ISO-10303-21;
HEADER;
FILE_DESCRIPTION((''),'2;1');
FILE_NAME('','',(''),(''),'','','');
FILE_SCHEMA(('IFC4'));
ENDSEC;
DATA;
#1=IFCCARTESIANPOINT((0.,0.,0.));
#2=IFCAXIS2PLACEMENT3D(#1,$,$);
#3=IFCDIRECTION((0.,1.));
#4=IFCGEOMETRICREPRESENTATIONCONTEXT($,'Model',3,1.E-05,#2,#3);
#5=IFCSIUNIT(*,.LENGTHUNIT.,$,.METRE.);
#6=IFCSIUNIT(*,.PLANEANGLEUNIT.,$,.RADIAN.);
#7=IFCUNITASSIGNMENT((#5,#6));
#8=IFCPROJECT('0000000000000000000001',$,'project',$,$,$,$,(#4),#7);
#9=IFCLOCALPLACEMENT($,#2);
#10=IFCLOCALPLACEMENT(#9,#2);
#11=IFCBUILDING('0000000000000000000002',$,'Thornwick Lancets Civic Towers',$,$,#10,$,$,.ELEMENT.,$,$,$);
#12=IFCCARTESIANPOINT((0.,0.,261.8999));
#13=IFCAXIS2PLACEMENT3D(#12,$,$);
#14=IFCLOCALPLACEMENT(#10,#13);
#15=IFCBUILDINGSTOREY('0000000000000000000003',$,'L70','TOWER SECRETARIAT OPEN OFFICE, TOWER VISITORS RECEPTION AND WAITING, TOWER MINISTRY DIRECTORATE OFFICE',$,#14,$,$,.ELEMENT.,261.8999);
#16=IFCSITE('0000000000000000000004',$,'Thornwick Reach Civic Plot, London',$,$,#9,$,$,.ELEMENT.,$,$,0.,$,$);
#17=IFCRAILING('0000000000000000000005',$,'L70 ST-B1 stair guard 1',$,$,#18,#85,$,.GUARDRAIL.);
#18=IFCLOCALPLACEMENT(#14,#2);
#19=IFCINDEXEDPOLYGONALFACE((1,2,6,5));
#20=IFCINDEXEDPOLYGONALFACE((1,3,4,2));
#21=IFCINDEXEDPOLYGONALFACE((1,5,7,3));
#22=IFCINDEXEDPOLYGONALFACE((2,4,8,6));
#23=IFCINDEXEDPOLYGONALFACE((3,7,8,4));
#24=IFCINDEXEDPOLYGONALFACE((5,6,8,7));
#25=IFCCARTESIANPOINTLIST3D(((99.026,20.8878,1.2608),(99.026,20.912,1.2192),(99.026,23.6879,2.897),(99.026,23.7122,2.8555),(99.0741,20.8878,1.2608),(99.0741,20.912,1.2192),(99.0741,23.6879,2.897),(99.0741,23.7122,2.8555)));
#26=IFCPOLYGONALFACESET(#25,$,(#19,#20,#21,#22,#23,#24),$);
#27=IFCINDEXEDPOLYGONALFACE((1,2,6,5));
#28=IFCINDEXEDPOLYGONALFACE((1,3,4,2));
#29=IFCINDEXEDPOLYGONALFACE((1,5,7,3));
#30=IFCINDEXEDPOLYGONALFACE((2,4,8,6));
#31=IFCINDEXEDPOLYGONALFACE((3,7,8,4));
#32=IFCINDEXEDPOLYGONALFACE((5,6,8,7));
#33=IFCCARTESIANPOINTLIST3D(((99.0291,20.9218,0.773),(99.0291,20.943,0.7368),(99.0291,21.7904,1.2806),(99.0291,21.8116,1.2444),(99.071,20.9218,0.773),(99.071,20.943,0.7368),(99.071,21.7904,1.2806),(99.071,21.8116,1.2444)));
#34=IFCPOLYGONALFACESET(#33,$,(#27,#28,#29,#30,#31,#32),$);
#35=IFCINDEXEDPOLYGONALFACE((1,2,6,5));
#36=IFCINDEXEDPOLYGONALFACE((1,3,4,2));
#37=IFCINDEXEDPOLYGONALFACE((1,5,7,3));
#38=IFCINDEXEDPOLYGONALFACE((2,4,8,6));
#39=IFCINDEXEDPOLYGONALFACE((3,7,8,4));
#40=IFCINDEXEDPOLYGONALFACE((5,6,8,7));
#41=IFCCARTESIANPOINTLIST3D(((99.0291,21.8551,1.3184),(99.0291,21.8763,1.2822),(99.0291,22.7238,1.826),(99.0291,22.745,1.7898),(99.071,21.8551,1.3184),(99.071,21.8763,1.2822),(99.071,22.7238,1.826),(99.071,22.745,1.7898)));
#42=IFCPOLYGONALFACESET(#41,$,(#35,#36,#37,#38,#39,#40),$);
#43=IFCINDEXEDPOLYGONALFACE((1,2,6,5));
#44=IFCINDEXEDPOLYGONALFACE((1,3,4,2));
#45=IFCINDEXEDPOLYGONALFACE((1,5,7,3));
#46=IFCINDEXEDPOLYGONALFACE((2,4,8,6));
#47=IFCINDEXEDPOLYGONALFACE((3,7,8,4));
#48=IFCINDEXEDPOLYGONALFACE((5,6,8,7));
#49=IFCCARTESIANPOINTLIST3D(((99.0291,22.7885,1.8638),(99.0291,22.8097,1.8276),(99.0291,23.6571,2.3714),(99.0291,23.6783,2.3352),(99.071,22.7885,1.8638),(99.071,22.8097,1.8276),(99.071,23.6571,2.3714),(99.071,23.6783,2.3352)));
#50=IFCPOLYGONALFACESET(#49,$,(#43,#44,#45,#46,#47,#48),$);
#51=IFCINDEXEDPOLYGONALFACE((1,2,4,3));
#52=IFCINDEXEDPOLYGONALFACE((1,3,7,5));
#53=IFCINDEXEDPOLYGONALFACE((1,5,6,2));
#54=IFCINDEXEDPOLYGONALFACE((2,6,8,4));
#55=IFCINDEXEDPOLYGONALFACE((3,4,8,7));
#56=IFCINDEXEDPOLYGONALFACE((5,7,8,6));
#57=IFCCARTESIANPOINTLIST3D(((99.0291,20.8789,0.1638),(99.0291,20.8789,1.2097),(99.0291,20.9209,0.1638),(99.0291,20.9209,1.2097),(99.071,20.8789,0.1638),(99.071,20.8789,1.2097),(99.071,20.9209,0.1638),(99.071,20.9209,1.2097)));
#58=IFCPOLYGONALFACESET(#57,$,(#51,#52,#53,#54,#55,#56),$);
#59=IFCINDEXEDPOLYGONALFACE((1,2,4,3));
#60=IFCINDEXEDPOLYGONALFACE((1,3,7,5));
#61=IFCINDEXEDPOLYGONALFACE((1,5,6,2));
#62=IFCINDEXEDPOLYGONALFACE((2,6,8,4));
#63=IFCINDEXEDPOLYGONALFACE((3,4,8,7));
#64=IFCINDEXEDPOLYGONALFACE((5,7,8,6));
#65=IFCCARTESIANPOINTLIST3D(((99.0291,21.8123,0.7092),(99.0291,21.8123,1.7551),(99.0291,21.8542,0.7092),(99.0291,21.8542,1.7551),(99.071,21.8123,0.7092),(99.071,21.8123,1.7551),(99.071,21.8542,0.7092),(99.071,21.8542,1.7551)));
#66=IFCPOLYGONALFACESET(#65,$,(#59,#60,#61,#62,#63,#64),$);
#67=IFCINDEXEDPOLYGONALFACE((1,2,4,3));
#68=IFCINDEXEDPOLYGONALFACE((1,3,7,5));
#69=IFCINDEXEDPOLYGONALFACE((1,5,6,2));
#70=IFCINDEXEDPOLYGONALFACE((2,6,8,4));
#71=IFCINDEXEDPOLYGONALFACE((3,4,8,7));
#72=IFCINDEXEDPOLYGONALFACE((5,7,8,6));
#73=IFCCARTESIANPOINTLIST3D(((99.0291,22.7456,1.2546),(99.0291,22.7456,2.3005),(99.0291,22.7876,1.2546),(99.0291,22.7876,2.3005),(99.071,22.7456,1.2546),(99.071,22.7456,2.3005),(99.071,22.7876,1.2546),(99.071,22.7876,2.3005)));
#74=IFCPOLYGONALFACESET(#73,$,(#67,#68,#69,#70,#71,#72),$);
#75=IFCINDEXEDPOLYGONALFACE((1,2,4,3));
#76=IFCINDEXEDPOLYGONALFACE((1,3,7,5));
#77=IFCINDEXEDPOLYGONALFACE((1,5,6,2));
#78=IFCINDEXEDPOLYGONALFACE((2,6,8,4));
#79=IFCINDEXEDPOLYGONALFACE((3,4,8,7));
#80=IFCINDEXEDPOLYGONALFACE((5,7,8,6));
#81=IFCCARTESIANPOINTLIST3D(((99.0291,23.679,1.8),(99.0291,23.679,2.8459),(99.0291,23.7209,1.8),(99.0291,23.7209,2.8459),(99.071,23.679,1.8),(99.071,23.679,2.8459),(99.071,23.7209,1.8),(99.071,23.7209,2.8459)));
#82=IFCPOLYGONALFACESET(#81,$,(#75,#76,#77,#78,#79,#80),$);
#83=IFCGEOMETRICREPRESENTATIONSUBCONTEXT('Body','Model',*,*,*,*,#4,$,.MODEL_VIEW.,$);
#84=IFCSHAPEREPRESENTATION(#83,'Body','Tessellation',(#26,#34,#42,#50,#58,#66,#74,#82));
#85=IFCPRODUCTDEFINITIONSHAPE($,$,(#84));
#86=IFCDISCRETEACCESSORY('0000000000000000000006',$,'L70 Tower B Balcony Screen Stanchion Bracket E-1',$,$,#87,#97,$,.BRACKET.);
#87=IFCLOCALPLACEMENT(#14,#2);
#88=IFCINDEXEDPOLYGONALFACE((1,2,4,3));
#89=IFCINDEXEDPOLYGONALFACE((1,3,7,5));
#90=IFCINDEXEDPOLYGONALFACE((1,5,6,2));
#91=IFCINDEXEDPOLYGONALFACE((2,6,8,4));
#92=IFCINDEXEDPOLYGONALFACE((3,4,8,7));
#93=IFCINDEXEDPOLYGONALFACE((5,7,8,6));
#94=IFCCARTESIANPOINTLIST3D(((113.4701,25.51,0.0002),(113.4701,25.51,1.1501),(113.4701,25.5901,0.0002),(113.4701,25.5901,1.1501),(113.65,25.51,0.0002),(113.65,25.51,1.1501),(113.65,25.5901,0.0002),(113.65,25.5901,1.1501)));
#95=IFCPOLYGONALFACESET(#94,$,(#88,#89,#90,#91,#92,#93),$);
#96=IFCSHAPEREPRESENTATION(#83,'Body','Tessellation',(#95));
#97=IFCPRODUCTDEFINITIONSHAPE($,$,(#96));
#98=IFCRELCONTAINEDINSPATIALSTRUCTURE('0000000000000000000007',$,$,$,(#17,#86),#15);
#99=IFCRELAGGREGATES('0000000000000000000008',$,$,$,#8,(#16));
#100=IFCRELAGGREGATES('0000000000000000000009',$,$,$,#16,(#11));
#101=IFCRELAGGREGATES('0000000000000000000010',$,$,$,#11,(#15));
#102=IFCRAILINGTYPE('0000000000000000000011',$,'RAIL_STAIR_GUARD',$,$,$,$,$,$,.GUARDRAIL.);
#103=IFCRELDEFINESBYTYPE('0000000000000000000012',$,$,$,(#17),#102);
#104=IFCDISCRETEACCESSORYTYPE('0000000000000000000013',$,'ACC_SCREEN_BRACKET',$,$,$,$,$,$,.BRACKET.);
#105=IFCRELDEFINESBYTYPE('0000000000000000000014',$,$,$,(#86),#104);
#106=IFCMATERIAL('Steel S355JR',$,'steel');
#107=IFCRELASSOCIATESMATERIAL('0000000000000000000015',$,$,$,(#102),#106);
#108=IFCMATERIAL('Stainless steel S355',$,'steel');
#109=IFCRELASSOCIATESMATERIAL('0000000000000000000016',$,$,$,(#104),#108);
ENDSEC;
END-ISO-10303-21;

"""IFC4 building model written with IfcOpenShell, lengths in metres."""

from ifc_helpers import new_model, si_unit, direction, frame, origin, origin_2d, place, context, subcontext, project, spatial, rectangle, extrude, material, type_object, element, save


model = new_model("IFC4")

# Units and contexts
model_context = context("Model", 3, precision=1e-05, world=origin(), true_north=direction((0.0, 1.0)))
body_context = subcontext(model_context, "Body", "Model", "MODEL_VIEW")
ifc_project = project(units=[si_unit("LENGTHUNIT", "METRE"), si_unit("PLANEANGLEUNIT", "RADIAN")], contexts=[model_context])

# Site, building, storey
site_placement = place(None, origin())
site = spatial("IfcSite", under=ifc_project, at=site_placement, Name="Thornwick Reach Civic Plot, London", CompositionType="ELEMENT", RefElevation=0.0)
building_placement = place(site_placement, origin())
building = spatial("IfcBuilding", under=site, at=building_placement, Name="Thornwick Lancets Civic Towers", CompositionType="ELEMENT")
storey_placement = place(building_placement, frame((0.0, 0.0, 261.8999)))
storey = spatial("IfcBuildingStorey", under=building, at=storey_placement, Name="L70", Description="TOWER SECRETARIAT OPEN OFFICE, TOWER VISITORS RECEPTION AND WAITING, TOWER MINISTRY DIRECTORATE OFFICE", CompositionType="ELEMENT", Elevation=261.8999)

# Shared definitions
ifc_material_1 = material(Name="Steel S355JR", Category="steel")

# Railing
railing_type_1 = type_object("IfcRailingType", Name="RAIL_STAIR_GUARD", PredefinedType="GUARDRAIL", material=ifc_material_1)
railing_1_placement = place(storey_placement, frame((99.05, 20.8999, 0.1638)))
element("IfcRailing", 1, at=railing_1_placement, inside=storey, type_object=railing_type_1, Name="L70 ST-B1 stair guard 1", PredefinedType="GUARDRAIL", context=body_context, shape_type="SweptSolid", body=[
    extrude(rectangle(XDim=0.0481, YDim=0.0481, at=origin_2d()), frame((0.0, 0.0, 1.0762), z_axis=(0.0, 0.863394, 0.504531), x_axis=(-1.0, 0.0, 0.0)), (0.0, 0.0, 1.0), 3.2432),
    extrude(rectangle(XDim=0.042, YDim=0.042, at=origin_2d()), frame((0.0, 0.0325, 0.5911), z_axis=(0.0, 0.863394, 0.504531), x_axis=(-1.0, 0.0, 0.0)), (0.0, 0.0, 1.0), 1.0061),
    extrude(rectangle(XDim=0.042, YDim=0.042, at=origin_2d()), frame((0.0, 0.9658, 1.1365), z_axis=(0.0, 0.863394, 0.504531), x_axis=(-1.0, 0.0, 0.0)), (0.0, 0.0, 1.0), 1.0061),
    extrude(rectangle(XDim=0.042, YDim=0.042, at=origin_2d()), frame((0.0, 1.8992, 1.6819), z_axis=(0.0, 0.863394, 0.504531), x_axis=(-1.0, 0.0, 0.0)), (0.0, 0.0, 1.0), 1.0061),
    extrude(rectangle(XDim=0.042, YDim=0.042, at=origin_2d()), origin(), (0.0, 0.0, 1.0), 1.0459),
    extrude(rectangle(XDim=0.042, YDim=0.042, at=origin_2d()), frame((0.0, 0.9333, 0.5454)), (0.0, 0.0, 1.0), 1.0459),
    extrude(rectangle(XDim=0.042, YDim=0.042, at=origin_2d()), frame((0.0, 1.8667, 1.0908)), (0.0, 0.0, 1.0), 1.0459),
    extrude(rectangle(XDim=0.042, YDim=0.042, at=origin_2d()), frame((0.0, 2.8, 1.6362)), (0.0, 0.0, 1.0), 1.0459),
])

# Discrete accessory
ifc_material_2 = material(Name="Stainless steel S355", Category="steel")
discrete_accessory_type = type_object("IfcDiscreteAccessoryType", Name="ACC_SCREEN_BRACKET", PredefinedType="BRACKET", material=ifc_material_2)
discrete_accessory_placement = place(storey_placement, frame((113.5601, 25.55, 0.0002), z_axis=(0.0, 0.0, 1.0), x_axis=(0.0, 1.0, 0.0)))
element("IfcDiscreteAccessory", 2, at=discrete_accessory_placement, inside=storey, type_object=discrete_accessory_type, Name="L70 Tower B Balcony Screen Stanchion Bracket E-1", PredefinedType="BRACKET", context=body_context, shape_type="SweptSolid", body=[
    extrude(rectangle(XDim=0.0801, YDim=0.1799, at=origin_2d()), origin(), (0.0, 0.0, 1.0), 1.1499),
])

save(model, "model.ifc")
